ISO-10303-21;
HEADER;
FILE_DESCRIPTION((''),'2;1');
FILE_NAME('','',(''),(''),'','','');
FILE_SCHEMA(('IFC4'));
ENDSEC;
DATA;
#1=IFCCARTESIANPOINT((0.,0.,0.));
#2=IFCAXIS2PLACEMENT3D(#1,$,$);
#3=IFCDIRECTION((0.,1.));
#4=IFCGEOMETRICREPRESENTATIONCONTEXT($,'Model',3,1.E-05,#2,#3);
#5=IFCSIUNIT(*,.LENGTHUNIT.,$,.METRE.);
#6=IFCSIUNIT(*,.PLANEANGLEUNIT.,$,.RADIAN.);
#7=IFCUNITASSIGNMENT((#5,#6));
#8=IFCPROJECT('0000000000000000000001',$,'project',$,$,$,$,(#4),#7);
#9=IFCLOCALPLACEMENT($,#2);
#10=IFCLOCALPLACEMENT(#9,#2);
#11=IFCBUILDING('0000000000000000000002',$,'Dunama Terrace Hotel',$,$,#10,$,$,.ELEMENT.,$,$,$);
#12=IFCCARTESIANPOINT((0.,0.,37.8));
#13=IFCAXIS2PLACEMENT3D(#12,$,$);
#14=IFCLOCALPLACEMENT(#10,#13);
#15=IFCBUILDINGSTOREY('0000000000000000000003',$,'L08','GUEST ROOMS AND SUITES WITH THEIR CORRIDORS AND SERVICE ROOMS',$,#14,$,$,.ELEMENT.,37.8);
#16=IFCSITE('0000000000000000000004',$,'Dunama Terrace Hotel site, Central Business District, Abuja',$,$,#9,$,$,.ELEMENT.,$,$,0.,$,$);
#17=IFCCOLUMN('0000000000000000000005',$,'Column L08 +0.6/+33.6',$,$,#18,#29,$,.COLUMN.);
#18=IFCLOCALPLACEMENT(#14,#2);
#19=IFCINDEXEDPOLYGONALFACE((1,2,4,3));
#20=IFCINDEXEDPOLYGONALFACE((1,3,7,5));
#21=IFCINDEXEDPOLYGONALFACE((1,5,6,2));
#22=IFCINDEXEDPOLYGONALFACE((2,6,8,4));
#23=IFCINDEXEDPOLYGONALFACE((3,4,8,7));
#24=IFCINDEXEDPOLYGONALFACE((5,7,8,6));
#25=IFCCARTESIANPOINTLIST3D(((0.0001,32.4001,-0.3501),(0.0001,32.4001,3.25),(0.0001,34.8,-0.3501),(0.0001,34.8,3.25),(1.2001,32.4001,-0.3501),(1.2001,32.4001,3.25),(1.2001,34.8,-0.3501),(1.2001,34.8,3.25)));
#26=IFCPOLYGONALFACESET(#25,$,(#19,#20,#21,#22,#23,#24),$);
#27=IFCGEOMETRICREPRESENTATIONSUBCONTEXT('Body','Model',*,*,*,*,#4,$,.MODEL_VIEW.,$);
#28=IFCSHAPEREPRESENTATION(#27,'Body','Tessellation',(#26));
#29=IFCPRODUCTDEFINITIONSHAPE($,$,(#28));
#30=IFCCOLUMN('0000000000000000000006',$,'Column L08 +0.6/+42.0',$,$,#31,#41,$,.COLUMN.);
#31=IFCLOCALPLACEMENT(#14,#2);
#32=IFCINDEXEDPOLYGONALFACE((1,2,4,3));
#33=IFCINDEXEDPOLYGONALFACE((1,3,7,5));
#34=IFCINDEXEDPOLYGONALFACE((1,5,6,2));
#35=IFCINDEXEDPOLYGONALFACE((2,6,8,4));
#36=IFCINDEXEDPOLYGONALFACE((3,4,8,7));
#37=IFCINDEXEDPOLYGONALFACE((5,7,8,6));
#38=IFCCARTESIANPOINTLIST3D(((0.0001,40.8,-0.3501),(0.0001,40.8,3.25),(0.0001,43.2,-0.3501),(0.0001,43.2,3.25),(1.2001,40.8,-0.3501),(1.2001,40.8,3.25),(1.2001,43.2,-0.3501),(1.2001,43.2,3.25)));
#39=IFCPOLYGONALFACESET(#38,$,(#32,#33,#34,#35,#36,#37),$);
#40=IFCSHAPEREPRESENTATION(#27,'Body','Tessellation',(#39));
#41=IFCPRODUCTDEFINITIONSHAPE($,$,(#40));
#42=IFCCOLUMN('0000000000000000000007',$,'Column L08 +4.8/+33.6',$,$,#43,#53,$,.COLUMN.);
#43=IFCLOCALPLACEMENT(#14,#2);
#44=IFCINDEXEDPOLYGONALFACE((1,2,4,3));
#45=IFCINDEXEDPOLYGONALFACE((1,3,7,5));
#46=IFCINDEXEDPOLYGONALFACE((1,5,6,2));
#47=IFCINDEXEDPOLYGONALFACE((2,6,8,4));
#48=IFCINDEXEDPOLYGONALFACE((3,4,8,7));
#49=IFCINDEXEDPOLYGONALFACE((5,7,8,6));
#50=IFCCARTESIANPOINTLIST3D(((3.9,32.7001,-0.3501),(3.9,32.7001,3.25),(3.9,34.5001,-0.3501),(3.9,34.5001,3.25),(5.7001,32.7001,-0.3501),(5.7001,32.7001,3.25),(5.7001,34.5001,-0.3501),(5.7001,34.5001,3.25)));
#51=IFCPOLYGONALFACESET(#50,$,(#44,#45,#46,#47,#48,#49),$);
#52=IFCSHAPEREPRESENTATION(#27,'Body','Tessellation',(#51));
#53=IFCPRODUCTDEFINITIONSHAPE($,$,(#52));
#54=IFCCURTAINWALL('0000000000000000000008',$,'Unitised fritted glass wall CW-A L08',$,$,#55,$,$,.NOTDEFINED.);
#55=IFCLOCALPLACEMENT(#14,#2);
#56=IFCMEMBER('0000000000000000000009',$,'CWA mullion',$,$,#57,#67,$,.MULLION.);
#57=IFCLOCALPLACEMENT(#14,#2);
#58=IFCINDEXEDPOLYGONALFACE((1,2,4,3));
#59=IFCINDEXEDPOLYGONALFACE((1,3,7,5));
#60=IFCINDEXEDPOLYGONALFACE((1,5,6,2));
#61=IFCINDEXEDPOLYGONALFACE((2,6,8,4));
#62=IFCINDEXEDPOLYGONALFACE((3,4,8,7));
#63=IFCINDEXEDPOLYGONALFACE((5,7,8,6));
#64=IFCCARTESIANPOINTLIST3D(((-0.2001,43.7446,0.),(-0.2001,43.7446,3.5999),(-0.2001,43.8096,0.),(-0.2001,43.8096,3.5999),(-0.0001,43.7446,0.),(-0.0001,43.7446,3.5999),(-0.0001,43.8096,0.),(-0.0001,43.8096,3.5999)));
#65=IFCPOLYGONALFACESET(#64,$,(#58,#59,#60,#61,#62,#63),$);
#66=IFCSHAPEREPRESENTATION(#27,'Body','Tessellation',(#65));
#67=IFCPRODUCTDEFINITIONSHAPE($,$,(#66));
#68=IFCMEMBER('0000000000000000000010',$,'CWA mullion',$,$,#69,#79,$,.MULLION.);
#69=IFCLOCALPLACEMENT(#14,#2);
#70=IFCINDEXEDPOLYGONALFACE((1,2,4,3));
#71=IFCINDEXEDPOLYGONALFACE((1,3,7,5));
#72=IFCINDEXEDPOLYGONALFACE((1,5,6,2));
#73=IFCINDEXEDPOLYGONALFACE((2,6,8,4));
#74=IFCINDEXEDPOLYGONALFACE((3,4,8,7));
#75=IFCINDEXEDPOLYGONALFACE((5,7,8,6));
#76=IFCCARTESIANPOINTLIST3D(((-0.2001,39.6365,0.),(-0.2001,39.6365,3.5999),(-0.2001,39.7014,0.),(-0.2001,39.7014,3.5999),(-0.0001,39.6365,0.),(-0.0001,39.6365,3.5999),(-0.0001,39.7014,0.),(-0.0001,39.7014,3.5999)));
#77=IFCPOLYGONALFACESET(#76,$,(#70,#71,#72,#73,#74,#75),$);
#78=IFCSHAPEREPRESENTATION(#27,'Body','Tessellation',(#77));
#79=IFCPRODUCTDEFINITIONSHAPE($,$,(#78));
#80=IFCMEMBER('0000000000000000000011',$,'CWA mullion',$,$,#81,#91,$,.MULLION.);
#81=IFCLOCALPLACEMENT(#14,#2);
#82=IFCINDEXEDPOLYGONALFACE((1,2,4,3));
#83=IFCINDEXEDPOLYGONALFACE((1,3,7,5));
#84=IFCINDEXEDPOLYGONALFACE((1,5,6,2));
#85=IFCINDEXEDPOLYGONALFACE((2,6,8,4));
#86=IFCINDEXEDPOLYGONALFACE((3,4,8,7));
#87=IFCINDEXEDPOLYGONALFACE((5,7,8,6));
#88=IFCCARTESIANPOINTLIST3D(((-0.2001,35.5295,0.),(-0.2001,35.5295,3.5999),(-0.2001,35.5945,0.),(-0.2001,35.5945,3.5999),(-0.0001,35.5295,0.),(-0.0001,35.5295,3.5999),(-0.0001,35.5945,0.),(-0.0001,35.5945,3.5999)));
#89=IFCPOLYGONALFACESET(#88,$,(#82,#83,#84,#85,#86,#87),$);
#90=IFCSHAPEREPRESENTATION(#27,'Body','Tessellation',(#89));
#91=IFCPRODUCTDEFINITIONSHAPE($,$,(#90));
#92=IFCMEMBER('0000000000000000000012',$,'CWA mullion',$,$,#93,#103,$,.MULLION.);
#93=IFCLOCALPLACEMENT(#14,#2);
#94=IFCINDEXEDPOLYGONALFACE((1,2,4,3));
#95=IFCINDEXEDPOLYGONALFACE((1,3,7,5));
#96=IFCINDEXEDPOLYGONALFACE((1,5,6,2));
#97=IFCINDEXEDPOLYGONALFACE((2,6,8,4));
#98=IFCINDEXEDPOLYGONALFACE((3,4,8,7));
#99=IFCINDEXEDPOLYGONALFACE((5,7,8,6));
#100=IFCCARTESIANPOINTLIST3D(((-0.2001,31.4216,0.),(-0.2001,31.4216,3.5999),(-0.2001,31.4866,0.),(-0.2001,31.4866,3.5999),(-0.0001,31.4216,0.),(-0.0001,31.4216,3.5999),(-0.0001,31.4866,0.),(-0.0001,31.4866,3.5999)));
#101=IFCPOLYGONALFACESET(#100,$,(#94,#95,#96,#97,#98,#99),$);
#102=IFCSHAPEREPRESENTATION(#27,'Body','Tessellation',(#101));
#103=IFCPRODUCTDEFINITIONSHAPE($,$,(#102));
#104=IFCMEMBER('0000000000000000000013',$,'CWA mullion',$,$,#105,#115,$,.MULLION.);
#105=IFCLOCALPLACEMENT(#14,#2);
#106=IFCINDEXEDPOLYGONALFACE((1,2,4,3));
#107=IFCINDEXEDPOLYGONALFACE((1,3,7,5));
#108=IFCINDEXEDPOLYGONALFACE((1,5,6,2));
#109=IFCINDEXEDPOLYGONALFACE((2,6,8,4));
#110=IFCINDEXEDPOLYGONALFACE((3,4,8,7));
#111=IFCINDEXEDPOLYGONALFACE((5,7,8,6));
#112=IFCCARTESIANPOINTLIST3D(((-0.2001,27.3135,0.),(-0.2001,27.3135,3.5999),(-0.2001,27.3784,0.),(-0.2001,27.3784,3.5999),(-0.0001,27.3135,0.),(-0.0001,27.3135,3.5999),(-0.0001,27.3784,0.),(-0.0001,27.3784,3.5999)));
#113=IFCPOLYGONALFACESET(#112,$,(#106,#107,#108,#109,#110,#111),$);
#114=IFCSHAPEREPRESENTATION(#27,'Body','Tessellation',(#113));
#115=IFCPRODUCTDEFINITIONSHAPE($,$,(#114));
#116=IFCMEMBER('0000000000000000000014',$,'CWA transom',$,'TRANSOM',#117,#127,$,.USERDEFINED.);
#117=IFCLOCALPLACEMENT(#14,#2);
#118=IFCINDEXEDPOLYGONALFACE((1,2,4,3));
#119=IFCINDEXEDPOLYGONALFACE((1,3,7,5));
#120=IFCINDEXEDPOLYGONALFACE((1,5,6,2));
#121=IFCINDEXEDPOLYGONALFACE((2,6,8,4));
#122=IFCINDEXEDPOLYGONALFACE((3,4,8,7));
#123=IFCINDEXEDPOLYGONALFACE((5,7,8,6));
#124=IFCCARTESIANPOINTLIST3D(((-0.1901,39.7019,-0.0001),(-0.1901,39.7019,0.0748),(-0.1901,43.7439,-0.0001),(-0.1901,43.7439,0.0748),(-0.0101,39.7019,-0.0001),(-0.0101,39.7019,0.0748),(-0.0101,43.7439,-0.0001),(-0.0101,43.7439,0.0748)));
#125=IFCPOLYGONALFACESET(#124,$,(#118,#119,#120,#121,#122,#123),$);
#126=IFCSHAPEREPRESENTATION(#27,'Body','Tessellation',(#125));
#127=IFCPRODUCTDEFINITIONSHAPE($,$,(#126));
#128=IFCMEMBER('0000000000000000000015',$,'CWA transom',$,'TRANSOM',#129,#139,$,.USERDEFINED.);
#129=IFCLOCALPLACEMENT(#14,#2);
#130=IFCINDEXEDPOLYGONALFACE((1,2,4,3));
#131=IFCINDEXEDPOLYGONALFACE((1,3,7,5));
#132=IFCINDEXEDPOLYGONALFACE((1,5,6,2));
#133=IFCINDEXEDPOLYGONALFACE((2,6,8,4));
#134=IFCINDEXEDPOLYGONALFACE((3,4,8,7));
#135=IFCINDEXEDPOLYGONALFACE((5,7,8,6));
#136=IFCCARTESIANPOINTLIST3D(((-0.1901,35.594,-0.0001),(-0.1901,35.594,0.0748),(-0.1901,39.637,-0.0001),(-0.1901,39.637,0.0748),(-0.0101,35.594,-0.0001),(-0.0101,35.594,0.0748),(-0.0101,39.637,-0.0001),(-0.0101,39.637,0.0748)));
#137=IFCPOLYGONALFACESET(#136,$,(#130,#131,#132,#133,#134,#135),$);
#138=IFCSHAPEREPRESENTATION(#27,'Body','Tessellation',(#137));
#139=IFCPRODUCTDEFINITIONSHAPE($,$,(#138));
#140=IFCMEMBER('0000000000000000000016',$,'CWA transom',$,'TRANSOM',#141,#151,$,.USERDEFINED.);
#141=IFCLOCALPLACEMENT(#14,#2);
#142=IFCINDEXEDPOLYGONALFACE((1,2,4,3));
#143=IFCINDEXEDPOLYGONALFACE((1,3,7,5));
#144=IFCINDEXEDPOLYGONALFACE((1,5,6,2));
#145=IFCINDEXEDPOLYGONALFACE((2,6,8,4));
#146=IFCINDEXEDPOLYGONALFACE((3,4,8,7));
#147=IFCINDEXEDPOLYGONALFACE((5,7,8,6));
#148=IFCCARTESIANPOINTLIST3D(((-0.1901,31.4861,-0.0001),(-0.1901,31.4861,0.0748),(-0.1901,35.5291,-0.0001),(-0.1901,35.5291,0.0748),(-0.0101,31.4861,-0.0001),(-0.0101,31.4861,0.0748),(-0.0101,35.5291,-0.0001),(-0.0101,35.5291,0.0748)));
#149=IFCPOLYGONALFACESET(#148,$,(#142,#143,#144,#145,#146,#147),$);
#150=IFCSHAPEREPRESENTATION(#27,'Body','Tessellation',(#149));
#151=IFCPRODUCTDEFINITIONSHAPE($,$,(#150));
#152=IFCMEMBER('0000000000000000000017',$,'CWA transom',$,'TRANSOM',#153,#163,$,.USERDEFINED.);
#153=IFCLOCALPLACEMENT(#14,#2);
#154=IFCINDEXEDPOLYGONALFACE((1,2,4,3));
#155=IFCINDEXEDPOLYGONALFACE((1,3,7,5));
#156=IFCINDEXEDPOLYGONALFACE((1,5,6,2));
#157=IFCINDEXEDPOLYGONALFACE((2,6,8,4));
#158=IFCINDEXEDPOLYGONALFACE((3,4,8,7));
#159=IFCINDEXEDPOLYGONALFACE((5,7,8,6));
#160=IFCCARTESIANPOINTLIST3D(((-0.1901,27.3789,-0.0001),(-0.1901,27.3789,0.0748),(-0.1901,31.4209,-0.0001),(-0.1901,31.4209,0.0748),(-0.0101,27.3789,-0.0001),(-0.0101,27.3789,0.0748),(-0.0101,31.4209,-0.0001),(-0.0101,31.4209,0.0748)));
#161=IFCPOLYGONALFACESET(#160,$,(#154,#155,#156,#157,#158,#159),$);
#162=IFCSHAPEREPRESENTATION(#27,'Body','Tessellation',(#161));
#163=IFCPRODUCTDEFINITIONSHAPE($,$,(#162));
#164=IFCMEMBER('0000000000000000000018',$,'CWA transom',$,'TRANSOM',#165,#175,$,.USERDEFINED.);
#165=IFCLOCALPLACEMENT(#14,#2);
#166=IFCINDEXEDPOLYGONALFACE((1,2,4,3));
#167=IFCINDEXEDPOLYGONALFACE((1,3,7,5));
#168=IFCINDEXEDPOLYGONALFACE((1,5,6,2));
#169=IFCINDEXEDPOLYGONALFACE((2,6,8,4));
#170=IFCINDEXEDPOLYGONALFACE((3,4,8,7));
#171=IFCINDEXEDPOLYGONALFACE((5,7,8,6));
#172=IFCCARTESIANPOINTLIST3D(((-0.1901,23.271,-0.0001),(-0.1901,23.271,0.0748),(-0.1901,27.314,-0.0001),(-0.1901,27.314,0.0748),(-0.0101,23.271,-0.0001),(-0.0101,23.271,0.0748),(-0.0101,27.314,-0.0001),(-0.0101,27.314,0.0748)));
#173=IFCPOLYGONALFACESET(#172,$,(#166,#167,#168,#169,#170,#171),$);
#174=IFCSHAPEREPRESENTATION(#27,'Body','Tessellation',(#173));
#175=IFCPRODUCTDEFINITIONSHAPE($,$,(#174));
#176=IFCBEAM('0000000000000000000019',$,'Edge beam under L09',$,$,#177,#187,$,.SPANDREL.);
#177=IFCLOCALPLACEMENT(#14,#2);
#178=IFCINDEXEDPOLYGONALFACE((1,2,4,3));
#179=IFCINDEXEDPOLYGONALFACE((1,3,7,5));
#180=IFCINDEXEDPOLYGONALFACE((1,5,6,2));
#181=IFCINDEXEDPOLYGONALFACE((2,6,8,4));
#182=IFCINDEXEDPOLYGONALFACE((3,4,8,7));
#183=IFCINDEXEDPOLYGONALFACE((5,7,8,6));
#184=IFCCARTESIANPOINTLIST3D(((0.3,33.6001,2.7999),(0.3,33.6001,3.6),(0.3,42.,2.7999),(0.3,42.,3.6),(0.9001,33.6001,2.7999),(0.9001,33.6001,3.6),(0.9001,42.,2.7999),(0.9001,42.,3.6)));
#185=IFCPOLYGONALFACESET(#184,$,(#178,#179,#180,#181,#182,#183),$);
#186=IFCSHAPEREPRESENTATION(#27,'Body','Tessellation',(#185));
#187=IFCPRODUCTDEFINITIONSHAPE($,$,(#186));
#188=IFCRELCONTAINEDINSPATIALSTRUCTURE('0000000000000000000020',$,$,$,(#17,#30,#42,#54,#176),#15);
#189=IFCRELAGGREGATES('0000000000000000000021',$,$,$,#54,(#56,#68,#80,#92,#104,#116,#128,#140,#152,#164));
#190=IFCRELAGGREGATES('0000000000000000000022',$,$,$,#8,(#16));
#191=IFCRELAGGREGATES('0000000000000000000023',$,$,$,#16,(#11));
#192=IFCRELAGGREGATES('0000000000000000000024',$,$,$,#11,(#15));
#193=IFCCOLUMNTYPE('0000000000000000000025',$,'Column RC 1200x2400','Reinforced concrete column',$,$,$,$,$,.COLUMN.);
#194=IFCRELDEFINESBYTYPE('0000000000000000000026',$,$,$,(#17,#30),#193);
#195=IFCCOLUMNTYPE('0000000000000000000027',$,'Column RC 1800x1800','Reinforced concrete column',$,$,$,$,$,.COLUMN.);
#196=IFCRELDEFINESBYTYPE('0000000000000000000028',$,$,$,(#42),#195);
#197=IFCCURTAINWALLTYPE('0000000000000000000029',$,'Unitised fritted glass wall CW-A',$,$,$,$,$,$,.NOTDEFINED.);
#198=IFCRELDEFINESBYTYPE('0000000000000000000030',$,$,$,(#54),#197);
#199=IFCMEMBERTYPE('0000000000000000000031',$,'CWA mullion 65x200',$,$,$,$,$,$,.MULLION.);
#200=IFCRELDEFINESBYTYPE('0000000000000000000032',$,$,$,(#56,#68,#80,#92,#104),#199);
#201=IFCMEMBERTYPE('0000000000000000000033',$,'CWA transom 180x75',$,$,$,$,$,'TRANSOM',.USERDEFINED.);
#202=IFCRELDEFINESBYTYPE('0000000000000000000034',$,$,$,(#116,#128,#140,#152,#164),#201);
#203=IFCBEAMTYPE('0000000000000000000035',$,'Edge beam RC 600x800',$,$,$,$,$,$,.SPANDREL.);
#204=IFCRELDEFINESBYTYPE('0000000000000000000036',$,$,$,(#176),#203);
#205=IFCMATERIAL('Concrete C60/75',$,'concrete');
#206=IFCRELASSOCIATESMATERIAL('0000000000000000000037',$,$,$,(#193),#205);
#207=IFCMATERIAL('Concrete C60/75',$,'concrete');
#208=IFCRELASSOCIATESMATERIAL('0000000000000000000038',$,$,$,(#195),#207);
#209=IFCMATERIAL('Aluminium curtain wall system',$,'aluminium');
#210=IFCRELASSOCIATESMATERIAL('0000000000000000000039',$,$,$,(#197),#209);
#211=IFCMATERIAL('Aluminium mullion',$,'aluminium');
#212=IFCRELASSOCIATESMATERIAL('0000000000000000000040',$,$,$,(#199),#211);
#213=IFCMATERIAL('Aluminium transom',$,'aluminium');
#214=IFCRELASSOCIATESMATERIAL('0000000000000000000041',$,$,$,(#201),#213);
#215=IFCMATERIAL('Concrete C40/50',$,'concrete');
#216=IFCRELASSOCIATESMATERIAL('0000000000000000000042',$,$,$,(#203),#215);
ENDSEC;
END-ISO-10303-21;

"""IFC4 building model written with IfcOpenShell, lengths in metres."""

from ifc_helpers import new_model, si_unit, direction, frame, origin, origin_2d, place, context, subcontext, project, spatial, rectangle, extrude, material, material_profile, profile_set, type_object, element, aggregate, save


model = new_model("IFC4")

# Units and contexts
model_context = context("Model", 3, precision=1e-05, world=origin(), true_north=direction((0.0, 1.0)))
body_context = subcontext(model_context, "Body", "Model", "MODEL_VIEW")
ifc_project = project(units=[si_unit("LENGTHUNIT", "METRE"), si_unit("PLANEANGLEUNIT", "RADIAN")], contexts=[model_context])

# Site, building, storey
site_placement = place(None, origin())
site = spatial("IfcSite", under=ifc_project, at=site_placement, Name="Dunama Terrace Hotel site, Central Business District, Abuja", CompositionType="ELEMENT", RefElevation=0.0)
building_placement = place(site_placement, origin())
building = spatial("IfcBuilding", under=site, at=building_placement, Name="Dunama Terrace Hotel", CompositionType="ELEMENT")
storey_placement = place(building_placement, frame((0.0, 0.0, 37.8)))
storey = spatial("IfcBuildingStorey", under=building, at=storey_placement, Name="L08", Description="GUEST ROOMS AND SUITES WITH THEIR CORRIDORS AND SERVICE ROOMS", CompositionType="ELEMENT", Elevation=37.8)

# Columns
ifc_material_1 = material(Name="Concrete C60/75", Category="concrete")
ifc_material_profile_1 = material_profile(ifc_material_1, rectangle(XDim=1.2, YDim=2.3999, at=origin_2d()), Name="RC 1200x2400")
ifc_profile_set_1 = profile_set([ifc_material_profile_1], Name="Concrete C60/75")
column_type_1 = type_object("IfcColumnType", Name="Column RC 1200x2400", Description="Reinforced concrete column", PredefinedType="COLUMN", material=ifc_profile_set_1)
for number, where, z_axis, x_axis, name in (
    (1, (0.6001, 33.6001, -0.3501), (0.0, 0.0, 1.0), (1.0, 0.0, 0.0), "Column L08 +0.6/+33.6"),
    (2, (0.6001, 42.0, -0.3501), (0.0, 0.0, 1.0), (1.0, 0.0, 0.0), "Column L08 +0.6/+42.0"),
):
    element("IfcColumn", number, at=place(storey_placement, frame(where, z_axis=z_axis, x_axis=x_axis)), inside=storey, type_object=column_type_1, Name=name, PredefinedType="COLUMN", context=body_context, shape_type="SweptSolid", body=[
        extrude(rectangle(XDim=1.2, YDim=2.3999, at=origin_2d()), origin(), (0.0, 0.0, 1.0), 3.6001),
    ])
ifc_material_2 = material(Name="Concrete C60/75", Category="concrete")
ifc_material_profile_2 = material_profile(ifc_material_2, rectangle(XDim=1.8, YDim=1.8, at=origin_2d()), Name="RC 1800x1800")
ifc_profile_set_2 = profile_set([ifc_material_profile_2], Name="Concrete C60/75")
column_type_2 = type_object("IfcColumnType", Name="Column RC 1800x1800", Description="Reinforced concrete column", PredefinedType="COLUMN", material=ifc_profile_set_2)
column_placement = place(storey_placement, frame((4.8, 33.6001, -0.3501), z_axis=(0.0, 0.0, 1.0), x_axis=(1.0, 0.0, 0.0)))
element("IfcColumn", 3, at=column_placement, inside=storey, type_object=column_type_2, Name="Column L08 +4.8/+33.6", PredefinedType="COLUMN", context=body_context, shape_type="SweptSolid", body=[
    extrude(rectangle(XDim=1.8, YDim=1.8, at=origin_2d()), origin(), (0.0, 0.0, 1.0), 3.6001),
])

# Curtain wall, members
ifc_material_3 = material(Name="Aluminium curtain wall system", Category="aluminium")
curtain_wall_type = type_object("IfcCurtainWallType", Name="Unitised fritted glass wall CW-A", PredefinedType="NOTDEFINED", material=ifc_material_3)
curtain_wall_placement = place(storey_placement, origin())
curtain_wall = element("IfcCurtainWall", 4, at=curtain_wall_placement, inside=storey, type_object=curtain_wall_type, Name="Unitised fritted glass wall CW-A L08", PredefinedType="NOTDEFINED")
ifc_material_4 = material(Name="Aluminium mullion", Category="aluminium")
ifc_material_profile_3 = material_profile(ifc_material_4, rectangle(XDim=0.0649, YDim=0.2, at=origin_2d()), Name="CWA MULLION 65X200")
ifc_profile_set_3 = profile_set([ifc_material_profile_3], Name="Aluminium mullion")
member_type_1 = type_object("IfcMemberType", Name="CWA mullion 65x200", PredefinedType="MULLION", material=ifc_profile_set_3)
member_1_placement = place(storey_placement, frame((-0.1001, 43.7771, 0.0), z_axis=(0.0, 0.0, 1.0), x_axis=(0.0, -1.0, 0.0)))
member_1 = element("IfcMember", 5, at=member_1_placement, type_object=member_type_1, Name="CWA mullion", PredefinedType="MULLION", context=body_context, shape_type="SweptSolid", body=[
    extrude(rectangle(XDim=0.0649, YDim=0.2, at=origin_2d()), origin(), (0.0, 0.0, 1.0), 3.5999),
])
member_2_placement = place(storey_placement, frame((-0.1001, 39.6689, 0.0), z_axis=(0.0, 0.0, 1.0), x_axis=(0.0, -1.0, 0.0)))
member_2 = element("IfcMember", 6, at=member_2_placement, type_object=member_type_1, Name="CWA mullion", PredefinedType="MULLION", context=body_context, shape_type="SweptSolid", body=[
    extrude(rectangle(XDim=0.0649, YDim=0.2, at=origin_2d()), origin(), (0.0, 0.0, 1.0), 3.5999),
])
member_3_placement = place(storey_placement, frame((-0.1001, 35.562, 0.0), z_axis=(0.0, 0.0, 1.0), x_axis=(0.0, -1.0, 0.0)))
member_3 = element("IfcMember", 7, at=member_3_placement, type_object=member_type_1, Name="CWA mullion", PredefinedType="MULLION", context=body_context, shape_type="SweptSolid", body=[
    extrude(rectangle(XDim=0.0649, YDim=0.2, at=origin_2d()), origin(), (0.0, 0.0, 1.0), 3.5999),
])
member_4_placement = place(storey_placement, frame((-0.1001, 31.4541, 0.0), z_axis=(0.0, 0.0, 1.0), x_axis=(0.0, -1.0, 0.0)))
member_4 = element("IfcMember", 8, at=member_4_placement, type_object=member_type_1, Name="CWA mullion", PredefinedType="MULLION", context=body_context, shape_type="SweptSolid", body=[
    extrude(rectangle(XDim=0.0649, YDim=0.2, at=origin_2d()), origin(), (0.0, 0.0, 1.0), 3.5999),
])
member_5_placement = place(storey_placement, frame((-0.1001, 27.3459, 0.0), z_axis=(0.0, 0.0, 1.0), x_axis=(0.0, -1.0, 0.0)))
member_5 = element("IfcMember", 9, at=member_5_placement, type_object=member_type_1, Name="CWA mullion", PredefinedType="MULLION", context=body_context, shape_type="SweptSolid", body=[
    extrude(rectangle(XDim=0.0649, YDim=0.2, at=origin_2d()), origin(), (0.0, 0.0, 1.0), 3.5999),
])
ifc_material_5 = material(Name="Aluminium transom", Category="aluminium")
ifc_material_profile_4 = material_profile(ifc_material_5, rectangle(XDim=0.1799, YDim=0.075, at=origin_2d()), Name="CWA TRANSOM 180X75")
ifc_profile_set_4 = profile_set([ifc_material_profile_4], Name="Aluminium transom")
member_type_2 = type_object("IfcMemberType", Name="CWA transom 180x75", ElementType="TRANSOM", PredefinedType="USERDEFINED", material=ifc_profile_set_4)
member_6_placement = place(storey_placement, frame((-0.1001, 43.7439, 0.0374), z_axis=(0.0, -1.0, 0.0), x_axis=(1.0, 0.0, 0.0)))
member_6 = element("IfcMember", 10, at=member_6_placement, type_object=member_type_2, Name="CWA transom", ObjectType="TRANSOM", PredefinedType="USERDEFINED", context=body_context, shape_type="SweptSolid", body=[
    extrude(rectangle(XDim=0.1799, YDim=0.075, at=origin_2d()), origin(), (0.0, 0.0, 1.0), 4.042),
])
member_7_placement = place(storey_placement, frame((-0.1001, 39.637, 0.0374), z_axis=(0.0, -1.0, 0.0), x_axis=(1.0, 0.0, 0.0)))
member_7 = element("IfcMember", 11, at=member_7_placement, type_object=member_type_2, Name="CWA transom", ObjectType="TRANSOM", PredefinedType="USERDEFINED", context=body_context, shape_type="SweptSolid", body=[
    extrude(rectangle(XDim=0.1799, YDim=0.075, at=origin_2d()), origin(), (0.0, 0.0, 1.0), 4.043),
])
member_8_placement = place(storey_placement, frame((-0.1001, 35.5291, 0.0374), z_axis=(0.0, -1.0, 0.0), x_axis=(1.0, 0.0, 0.0)))
member_8 = element("IfcMember", 12, at=member_8_placement, type_object=member_type_2, Name="CWA transom", ObjectType="TRANSOM", PredefinedType="USERDEFINED", context=body_context, shape_type="SweptSolid", body=[
    extrude(rectangle(XDim=0.1799, YDim=0.075, at=origin_2d()), origin(), (0.0, 0.0, 1.0), 4.043),
])
member_9_placement = place(storey_placement, frame((-0.1001, 31.4209, 0.0374), z_axis=(0.0, -1.0, 0.0), x_axis=(1.0, 0.0, 0.0)))
member_9 = element("IfcMember", 13, at=member_9_placement, type_object=member_type_2, Name="CWA transom", ObjectType="TRANSOM", PredefinedType="USERDEFINED", context=body_context, shape_type="SweptSolid", body=[
    extrude(rectangle(XDim=0.1799, YDim=0.075, at=origin_2d()), origin(), (0.0, 0.0, 1.0), 4.042),
])
member_10_placement = place(storey_placement, frame((-0.1001, 27.314, 0.0374), z_axis=(0.0, -1.0, 0.0), x_axis=(1.0, 0.0, 0.0)))
member_10 = element("IfcMember", 14, at=member_10_placement, type_object=member_type_2, Name="CWA transom", ObjectType="TRANSOM", PredefinedType="USERDEFINED", context=body_context, shape_type="SweptSolid", body=[
    extrude(rectangle(XDim=0.1799, YDim=0.075, at=origin_2d()), origin(), (0.0, 0.0, 1.0), 4.043),
])

# Beam
ifc_material_6 = material(Name="Concrete C40/50", Category="concrete")
ifc_material_profile_5 = material_profile(ifc_material_6, rectangle(XDim=0.6001, YDim=0.8, at=origin_2d()), Name="RC 600x800")
ifc_profile_set_5 = profile_set([ifc_material_profile_5], Name="Concrete C40/50")
beam_type = type_object("IfcBeamType", Name="Edge beam RC 600x800", PredefinedType="SPANDREL", material=ifc_profile_set_5)
for number, where, z_axis, x_axis, name in (
    (15, (0.6001, 33.6001, 3.2), (0.0, 1.0, 0.0), (-1.0, 0.0, 0.0), "Edge beam under L09"),
):
    element("IfcBeam", number, at=place(storey_placement, frame(where, z_axis=z_axis, x_axis=x_axis)), inside=storey, type_object=beam_type, Name=name, PredefinedType="SPANDREL", context=body_context, shape_type="SweptSolid", body=[
        extrude(rectangle(XDim=0.6001, YDim=0.8, at=origin_2d()), origin(), (0.0, 0.0, 1.0), 8.3999),
    ])

aggregate(curtain_wall, [member_1, member_2, member_3, member_4, member_5, member_6, member_7, member_8, member_9, member_10])

save(model, "model.ifc")
